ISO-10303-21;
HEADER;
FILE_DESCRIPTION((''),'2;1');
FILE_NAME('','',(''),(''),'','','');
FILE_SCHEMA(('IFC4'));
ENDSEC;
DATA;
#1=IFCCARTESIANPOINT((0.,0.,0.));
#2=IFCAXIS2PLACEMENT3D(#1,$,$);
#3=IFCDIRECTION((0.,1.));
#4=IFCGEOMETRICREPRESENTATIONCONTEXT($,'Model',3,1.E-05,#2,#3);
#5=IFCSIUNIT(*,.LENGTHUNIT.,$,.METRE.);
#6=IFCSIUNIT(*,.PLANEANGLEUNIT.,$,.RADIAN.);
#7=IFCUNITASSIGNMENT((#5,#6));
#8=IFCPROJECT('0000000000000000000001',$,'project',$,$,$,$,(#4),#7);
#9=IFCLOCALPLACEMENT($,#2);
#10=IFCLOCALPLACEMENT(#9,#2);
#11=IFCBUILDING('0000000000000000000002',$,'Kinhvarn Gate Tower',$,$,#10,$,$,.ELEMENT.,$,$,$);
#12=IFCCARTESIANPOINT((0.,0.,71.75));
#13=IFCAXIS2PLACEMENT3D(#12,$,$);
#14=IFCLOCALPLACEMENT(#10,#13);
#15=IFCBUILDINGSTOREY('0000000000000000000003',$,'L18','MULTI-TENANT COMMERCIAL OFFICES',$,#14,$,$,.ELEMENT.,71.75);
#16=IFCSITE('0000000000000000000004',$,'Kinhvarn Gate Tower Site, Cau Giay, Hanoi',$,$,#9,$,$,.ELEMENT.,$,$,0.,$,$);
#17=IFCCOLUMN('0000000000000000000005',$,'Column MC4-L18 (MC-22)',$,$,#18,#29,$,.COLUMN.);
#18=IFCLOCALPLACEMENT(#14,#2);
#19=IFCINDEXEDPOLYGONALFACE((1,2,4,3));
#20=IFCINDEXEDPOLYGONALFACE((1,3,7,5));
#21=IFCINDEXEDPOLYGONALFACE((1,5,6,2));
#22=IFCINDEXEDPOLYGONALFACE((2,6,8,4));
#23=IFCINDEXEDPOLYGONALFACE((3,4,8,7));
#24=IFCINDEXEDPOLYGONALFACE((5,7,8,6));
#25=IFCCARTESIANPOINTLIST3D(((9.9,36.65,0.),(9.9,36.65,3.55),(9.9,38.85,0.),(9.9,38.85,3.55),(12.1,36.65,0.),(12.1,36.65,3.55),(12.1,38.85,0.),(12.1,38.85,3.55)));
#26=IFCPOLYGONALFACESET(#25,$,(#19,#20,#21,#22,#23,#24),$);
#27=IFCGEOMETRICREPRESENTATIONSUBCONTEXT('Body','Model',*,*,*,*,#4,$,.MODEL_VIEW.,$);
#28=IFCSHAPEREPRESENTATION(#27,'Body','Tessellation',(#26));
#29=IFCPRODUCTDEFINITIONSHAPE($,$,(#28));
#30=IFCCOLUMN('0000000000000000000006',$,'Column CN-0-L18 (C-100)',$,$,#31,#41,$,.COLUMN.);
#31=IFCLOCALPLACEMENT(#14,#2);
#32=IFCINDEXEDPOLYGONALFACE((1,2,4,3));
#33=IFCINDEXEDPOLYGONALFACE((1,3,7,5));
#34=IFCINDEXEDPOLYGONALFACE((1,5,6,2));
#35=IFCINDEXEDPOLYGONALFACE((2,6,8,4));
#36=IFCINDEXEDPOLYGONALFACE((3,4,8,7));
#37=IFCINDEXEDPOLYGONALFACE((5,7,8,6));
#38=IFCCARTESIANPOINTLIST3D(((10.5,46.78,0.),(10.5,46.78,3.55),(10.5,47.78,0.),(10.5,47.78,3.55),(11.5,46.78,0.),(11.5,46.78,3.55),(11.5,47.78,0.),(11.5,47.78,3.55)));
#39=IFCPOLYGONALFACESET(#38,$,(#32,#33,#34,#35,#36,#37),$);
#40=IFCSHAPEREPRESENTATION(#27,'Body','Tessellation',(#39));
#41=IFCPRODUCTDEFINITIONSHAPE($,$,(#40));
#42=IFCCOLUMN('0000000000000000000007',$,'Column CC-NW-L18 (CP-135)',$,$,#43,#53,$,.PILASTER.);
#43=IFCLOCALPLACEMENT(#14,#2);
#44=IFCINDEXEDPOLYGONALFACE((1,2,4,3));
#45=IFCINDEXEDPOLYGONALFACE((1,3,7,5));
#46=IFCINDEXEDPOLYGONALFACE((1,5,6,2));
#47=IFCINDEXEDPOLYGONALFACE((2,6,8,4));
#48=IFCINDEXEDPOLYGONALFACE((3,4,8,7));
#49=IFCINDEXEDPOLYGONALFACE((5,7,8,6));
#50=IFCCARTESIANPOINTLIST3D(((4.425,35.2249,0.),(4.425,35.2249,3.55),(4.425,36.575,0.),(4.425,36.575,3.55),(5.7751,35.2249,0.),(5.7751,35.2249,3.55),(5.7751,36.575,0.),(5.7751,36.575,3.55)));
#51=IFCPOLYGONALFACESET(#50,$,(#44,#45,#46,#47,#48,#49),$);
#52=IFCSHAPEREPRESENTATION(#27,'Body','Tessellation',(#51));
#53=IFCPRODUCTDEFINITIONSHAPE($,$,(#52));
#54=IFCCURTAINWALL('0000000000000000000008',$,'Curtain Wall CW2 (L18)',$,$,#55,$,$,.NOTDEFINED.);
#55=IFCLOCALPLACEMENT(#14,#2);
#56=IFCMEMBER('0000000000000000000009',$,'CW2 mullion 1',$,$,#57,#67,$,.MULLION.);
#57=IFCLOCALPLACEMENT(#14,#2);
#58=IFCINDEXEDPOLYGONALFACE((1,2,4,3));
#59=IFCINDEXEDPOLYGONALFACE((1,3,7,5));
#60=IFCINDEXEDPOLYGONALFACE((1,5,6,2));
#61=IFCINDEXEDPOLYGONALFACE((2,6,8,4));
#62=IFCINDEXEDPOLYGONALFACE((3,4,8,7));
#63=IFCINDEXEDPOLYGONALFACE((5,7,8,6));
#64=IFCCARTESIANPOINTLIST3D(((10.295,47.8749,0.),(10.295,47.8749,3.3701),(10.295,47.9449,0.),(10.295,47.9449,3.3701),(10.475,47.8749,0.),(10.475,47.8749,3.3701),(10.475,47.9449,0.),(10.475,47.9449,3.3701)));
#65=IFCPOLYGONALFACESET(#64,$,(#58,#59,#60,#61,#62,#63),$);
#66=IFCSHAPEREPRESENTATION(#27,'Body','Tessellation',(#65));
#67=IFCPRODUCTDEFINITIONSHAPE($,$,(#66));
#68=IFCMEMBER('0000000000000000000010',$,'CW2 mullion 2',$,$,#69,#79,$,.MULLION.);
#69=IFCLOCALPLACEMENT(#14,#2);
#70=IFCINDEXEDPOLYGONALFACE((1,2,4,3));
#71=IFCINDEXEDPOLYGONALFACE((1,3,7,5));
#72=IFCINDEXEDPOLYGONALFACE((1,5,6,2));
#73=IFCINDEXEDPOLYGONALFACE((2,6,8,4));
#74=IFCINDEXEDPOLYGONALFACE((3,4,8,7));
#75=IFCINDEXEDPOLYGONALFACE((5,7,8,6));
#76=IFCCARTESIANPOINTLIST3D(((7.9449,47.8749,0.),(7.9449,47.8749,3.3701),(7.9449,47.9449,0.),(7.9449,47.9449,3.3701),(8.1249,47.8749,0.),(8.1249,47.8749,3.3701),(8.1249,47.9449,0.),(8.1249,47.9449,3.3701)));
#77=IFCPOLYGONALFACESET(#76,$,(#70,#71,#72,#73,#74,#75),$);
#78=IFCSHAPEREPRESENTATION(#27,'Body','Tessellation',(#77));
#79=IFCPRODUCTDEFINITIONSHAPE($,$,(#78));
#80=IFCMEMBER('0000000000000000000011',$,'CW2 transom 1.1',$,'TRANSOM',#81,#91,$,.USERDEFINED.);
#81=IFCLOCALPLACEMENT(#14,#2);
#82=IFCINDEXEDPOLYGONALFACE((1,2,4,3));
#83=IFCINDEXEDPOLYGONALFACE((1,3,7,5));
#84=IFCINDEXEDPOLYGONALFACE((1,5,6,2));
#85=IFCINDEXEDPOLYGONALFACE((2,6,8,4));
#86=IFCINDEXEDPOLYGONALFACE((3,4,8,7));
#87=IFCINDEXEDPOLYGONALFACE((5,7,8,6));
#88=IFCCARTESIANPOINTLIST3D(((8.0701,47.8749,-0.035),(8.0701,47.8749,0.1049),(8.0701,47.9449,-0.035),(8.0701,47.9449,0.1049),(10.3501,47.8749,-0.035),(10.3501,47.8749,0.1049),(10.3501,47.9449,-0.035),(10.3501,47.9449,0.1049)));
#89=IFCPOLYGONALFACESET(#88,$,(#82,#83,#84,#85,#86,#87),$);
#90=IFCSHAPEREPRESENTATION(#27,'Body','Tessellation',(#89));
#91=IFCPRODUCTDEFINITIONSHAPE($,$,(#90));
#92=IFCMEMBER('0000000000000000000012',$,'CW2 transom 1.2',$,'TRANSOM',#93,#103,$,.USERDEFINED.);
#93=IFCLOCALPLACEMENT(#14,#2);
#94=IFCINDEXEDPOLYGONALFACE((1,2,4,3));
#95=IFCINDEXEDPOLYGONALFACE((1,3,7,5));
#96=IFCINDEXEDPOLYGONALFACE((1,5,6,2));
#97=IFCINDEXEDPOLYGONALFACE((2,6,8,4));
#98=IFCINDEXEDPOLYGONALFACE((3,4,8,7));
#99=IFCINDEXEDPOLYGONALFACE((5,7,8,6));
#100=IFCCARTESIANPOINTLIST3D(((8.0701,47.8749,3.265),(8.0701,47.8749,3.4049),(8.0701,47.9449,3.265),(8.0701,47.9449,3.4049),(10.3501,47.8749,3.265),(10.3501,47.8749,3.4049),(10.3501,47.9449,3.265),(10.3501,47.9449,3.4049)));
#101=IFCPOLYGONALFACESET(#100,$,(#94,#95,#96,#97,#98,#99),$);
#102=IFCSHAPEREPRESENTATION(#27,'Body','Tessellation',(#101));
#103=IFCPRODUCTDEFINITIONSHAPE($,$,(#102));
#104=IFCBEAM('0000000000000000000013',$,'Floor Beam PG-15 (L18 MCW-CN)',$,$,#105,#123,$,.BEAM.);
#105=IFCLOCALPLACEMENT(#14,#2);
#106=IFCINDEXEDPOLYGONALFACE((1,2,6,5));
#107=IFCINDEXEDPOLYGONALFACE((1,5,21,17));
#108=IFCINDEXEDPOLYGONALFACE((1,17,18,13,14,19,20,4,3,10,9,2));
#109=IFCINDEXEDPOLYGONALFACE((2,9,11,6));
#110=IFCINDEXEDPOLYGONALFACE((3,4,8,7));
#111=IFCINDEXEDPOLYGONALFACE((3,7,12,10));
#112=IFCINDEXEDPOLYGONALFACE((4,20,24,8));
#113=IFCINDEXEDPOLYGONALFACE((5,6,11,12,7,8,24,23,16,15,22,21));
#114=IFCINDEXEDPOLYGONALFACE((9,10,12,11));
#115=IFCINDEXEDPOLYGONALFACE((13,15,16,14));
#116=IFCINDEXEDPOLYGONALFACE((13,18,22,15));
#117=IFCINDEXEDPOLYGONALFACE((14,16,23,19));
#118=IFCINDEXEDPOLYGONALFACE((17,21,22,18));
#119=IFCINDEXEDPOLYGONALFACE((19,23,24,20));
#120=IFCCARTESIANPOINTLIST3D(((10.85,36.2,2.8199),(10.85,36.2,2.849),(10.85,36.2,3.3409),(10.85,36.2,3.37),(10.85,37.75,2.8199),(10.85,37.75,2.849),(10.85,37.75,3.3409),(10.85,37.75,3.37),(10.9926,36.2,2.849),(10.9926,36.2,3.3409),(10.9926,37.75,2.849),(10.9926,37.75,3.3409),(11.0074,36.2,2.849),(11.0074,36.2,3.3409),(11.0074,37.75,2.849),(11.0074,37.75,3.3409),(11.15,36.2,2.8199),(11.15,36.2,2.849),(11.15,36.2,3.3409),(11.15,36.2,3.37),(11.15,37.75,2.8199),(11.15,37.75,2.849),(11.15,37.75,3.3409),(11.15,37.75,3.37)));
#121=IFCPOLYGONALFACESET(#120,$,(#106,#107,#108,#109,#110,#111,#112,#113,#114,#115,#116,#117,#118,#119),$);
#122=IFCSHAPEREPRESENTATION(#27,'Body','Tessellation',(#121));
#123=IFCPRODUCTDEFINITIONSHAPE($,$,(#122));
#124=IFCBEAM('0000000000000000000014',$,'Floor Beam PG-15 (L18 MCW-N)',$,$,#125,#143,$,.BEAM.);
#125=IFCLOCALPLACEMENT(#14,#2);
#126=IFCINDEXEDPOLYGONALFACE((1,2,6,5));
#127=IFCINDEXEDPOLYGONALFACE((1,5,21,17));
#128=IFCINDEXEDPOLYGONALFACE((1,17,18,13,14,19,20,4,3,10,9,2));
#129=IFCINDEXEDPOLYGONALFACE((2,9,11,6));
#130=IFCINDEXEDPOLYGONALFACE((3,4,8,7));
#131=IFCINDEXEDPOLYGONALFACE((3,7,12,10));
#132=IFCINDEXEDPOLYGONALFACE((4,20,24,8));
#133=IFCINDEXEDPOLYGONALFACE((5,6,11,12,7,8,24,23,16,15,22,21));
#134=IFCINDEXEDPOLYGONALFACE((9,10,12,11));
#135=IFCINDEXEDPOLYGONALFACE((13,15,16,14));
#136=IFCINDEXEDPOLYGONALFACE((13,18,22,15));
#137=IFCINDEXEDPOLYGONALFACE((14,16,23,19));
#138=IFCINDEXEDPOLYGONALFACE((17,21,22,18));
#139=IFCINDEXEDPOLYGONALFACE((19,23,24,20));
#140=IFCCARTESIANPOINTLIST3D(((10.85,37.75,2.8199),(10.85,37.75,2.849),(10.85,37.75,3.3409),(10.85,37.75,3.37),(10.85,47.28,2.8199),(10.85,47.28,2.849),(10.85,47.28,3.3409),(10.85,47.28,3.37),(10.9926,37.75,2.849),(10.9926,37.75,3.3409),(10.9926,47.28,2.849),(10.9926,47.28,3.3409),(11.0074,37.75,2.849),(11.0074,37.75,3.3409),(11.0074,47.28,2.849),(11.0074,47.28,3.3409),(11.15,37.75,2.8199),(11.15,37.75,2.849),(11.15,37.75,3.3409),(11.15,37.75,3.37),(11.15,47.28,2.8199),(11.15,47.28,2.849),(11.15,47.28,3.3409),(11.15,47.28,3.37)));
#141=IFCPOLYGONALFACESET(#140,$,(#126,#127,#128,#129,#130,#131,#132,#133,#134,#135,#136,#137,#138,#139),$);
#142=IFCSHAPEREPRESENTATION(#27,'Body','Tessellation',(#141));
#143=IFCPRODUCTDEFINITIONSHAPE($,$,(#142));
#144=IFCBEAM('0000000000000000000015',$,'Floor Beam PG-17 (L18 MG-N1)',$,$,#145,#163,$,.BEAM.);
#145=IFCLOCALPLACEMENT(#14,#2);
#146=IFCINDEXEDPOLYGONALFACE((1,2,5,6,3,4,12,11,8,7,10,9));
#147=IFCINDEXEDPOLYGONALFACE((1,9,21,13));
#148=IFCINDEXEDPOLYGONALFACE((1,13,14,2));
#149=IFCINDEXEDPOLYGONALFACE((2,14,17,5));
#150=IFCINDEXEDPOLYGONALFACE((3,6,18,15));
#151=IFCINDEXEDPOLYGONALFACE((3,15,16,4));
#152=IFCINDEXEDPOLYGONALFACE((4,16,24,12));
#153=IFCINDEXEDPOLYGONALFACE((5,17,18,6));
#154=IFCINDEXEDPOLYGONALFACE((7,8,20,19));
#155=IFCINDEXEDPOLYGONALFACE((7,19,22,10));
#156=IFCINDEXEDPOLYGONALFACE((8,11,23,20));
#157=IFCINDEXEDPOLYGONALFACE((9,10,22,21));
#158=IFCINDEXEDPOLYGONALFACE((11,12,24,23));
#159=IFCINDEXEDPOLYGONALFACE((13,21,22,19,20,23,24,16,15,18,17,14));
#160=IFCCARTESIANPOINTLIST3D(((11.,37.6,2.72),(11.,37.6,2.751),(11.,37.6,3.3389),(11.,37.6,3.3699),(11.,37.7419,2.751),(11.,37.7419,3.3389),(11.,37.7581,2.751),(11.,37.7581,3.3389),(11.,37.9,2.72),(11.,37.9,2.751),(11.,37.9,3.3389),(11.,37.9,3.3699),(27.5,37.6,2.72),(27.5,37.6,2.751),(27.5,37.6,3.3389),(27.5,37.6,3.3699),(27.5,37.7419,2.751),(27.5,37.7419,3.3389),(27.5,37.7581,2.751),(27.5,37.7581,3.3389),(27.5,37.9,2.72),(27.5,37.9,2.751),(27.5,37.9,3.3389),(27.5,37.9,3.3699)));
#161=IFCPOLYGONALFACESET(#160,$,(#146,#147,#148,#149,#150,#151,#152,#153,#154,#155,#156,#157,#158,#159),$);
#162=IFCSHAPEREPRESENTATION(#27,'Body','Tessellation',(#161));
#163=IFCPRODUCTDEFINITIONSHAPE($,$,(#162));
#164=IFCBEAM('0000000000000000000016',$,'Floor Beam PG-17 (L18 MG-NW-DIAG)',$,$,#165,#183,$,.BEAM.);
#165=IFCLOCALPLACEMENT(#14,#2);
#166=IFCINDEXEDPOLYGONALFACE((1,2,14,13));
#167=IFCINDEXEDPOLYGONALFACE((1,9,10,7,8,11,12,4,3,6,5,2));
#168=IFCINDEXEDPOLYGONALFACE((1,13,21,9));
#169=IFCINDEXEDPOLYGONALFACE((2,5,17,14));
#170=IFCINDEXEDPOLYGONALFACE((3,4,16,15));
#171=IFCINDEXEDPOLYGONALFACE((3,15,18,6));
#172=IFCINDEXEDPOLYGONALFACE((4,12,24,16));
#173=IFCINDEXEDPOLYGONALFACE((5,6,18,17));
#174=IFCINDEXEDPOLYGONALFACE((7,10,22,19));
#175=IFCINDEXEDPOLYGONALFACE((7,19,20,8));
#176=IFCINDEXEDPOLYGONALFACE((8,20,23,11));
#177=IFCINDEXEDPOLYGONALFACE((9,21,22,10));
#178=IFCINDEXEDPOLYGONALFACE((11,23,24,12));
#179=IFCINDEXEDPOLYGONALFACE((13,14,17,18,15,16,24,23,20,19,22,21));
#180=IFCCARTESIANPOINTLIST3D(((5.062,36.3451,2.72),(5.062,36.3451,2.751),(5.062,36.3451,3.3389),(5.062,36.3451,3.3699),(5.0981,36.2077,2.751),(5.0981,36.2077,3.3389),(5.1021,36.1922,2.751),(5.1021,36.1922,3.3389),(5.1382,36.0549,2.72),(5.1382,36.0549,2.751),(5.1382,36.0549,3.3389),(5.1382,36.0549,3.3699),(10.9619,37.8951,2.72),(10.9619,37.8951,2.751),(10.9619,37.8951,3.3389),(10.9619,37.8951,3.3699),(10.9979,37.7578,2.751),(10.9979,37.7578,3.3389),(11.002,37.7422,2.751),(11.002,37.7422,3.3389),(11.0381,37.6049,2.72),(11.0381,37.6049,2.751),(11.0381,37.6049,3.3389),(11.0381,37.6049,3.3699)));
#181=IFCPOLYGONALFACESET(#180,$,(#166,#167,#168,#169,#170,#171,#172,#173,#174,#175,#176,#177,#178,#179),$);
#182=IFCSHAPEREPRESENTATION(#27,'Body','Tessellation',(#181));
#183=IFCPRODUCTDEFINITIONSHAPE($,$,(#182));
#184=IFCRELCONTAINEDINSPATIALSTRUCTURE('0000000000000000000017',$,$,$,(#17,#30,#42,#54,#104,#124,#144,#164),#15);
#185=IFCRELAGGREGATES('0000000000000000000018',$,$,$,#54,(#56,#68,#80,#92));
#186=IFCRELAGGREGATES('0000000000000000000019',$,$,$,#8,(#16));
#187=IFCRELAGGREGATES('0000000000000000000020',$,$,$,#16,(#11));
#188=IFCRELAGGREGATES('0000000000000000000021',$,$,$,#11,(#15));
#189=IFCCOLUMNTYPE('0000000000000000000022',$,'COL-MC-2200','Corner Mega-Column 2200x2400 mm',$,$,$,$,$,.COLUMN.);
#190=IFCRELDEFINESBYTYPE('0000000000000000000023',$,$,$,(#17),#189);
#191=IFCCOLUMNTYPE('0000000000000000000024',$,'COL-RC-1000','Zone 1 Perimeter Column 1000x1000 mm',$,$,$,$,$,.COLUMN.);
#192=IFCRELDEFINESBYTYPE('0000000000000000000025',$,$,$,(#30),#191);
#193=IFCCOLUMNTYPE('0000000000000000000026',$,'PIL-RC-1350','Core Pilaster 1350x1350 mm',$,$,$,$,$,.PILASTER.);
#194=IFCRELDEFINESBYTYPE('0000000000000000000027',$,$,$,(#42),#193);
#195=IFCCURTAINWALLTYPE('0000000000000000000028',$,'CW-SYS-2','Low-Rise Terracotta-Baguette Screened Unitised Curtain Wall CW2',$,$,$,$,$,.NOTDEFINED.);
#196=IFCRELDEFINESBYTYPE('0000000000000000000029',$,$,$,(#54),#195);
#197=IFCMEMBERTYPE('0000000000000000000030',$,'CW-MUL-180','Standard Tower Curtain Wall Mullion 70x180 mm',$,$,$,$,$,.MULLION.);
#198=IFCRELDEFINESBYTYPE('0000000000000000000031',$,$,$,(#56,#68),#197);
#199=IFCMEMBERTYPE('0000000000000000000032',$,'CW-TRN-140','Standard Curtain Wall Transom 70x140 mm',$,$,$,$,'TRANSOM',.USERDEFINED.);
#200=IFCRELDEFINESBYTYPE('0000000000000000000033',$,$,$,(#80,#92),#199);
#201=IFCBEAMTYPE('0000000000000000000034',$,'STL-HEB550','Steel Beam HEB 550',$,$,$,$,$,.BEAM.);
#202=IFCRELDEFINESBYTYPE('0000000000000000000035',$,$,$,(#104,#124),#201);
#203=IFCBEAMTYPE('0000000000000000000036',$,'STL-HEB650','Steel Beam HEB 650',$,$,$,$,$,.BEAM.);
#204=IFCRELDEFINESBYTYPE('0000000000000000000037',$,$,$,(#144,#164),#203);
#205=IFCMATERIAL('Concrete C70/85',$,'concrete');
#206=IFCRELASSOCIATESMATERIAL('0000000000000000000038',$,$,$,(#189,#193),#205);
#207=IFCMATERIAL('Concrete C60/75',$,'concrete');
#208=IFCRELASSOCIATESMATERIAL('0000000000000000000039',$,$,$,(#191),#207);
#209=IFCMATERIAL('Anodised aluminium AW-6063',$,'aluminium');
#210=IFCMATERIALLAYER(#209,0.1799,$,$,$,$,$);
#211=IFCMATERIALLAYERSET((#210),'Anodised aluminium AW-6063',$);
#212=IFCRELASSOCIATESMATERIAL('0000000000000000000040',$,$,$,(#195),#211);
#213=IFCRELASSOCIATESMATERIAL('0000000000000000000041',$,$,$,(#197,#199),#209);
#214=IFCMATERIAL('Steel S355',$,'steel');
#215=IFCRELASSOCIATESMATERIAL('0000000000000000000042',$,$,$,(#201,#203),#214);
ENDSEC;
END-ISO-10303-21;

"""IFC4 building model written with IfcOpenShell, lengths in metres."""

from ifc_helpers import new_model, si_unit, direction, frame, origin, origin_2d, place, context, subcontext, project, spatial, rectangle, i_section, extrude, material, layer, layer_set, material_profile, profile_set, type_object, element, aggregate, save


model = new_model("IFC4")

# Units and contexts
model_context = context("Model", 3, precision=1e-05, world=origin(), true_north=direction((0.0, 1.0)))
body_context = subcontext(model_context, "Body", "Model", "MODEL_VIEW")
ifc_project = project(units=[si_unit("LENGTHUNIT", "METRE"), si_unit("PLANEANGLEUNIT", "RADIAN")], contexts=[model_context])

# Site, building, storey
site_placement = place(None, origin())
site = spatial("IfcSite", under=ifc_project, at=site_placement, Name="Kinhvarn Gate Tower Site, Cau Giay, Hanoi", CompositionType="ELEMENT", RefElevation=0.0)
building_placement = place(site_placement, origin())
building = spatial("IfcBuilding", under=site, at=building_placement, Name="Kinhvarn Gate Tower", CompositionType="ELEMENT")
storey_placement = place(building_placement, frame((0.0, 0.0, 71.75)))
storey = spatial("IfcBuildingStorey", under=building, at=storey_placement, Name="L18", Description="MULTI-TENANT COMMERCIAL OFFICES", CompositionType="ELEMENT", Elevation=71.75)

# Columns
ifc_material_1 = material(Name="Concrete C70/85", Category="concrete")
ifc_material_profile_1 = material_profile(ifc_material_1, rectangle(XDim=2.2, YDim=2.2, at=origin_2d()), Name="RC 2200x2200")
ifc_profile_set_1 = profile_set([ifc_material_profile_1], Name="Concrete C70/85")
column_type_1 = type_object("IfcColumnType", Name="COL-MC-2200", Description="Corner Mega-Column 2200x2400 mm", PredefinedType="COLUMN", material=ifc_profile_set_1)
column_1_placement = place(storey_placement, frame((11.0, 37.75, 0.0), z_axis=(0.0, 0.0, 1.0), x_axis=(1.0, 0.0, 0.0)))
element("IfcColumn", 1, at=column_1_placement, inside=storey, type_object=column_type_1, Name="Column MC4-L18 (MC-22)", PredefinedType="COLUMN", context=body_context, shape_type="SweptSolid", body=[
    extrude(rectangle(XDim=2.2, YDim=2.2, at=origin_2d()), origin(), (0.0, 0.0, 1.0), 3.55),
])
ifc_material_2 = material(Name="Concrete C60/75", Category="concrete")
ifc_material_profile_2 = material_profile(ifc_material_2, rectangle(XDim=1.0, YDim=1.0, at=origin_2d()), Name="RC 1000x1000")
ifc_profile_set_2 = profile_set([ifc_material_profile_2], Name="Concrete C60/75")
column_type_2 = type_object("IfcColumnType", Name="COL-RC-1000", Description="Zone 1 Perimeter Column 1000x1000 mm", PredefinedType="COLUMN", material=ifc_profile_set_2)
column_2_placement = place(storey_placement, frame((11.0, 47.28, 0.0), z_axis=(0.0, 0.0, 1.0), x_axis=(1.0, 0.0, 0.0)))
element("IfcColumn", 2, at=column_2_placement, inside=storey, type_object=column_type_2, Name="Column CN-0-L18 (C-100)", PredefinedType="COLUMN", context=body_context, shape_type="SweptSolid", body=[
    extrude(rectangle(XDim=1.0, YDim=1.0, at=origin_2d()), origin(), (0.0, 0.0, 1.0), 3.55),
])
ifc_material_profile_3 = material_profile(ifc_material_1, rectangle(XDim=1.3501, YDim=1.3501, at=origin_2d()), Name="RC 1350x1350")
ifc_profile_set_3 = profile_set([ifc_material_profile_3], Name="Concrete C70/85")
column_type_3 = type_object("IfcColumnType", Name="PIL-RC-1350", Description="Core Pilaster 1350x1350 mm", PredefinedType="PILASTER", material=ifc_profile_set_3)
column_3_placement = place(storey_placement, frame((5.1001, 35.8999, 0.0), z_axis=(0.0, 0.0, 1.0), x_axis=(1.0, 0.0, 0.0)))
element("IfcColumn", 3, at=column_3_placement, inside=storey, type_object=column_type_3, Name="Column CC-NW-L18 (CP-135)", PredefinedType="PILASTER", context=body_context, shape_type="SweptSolid", body=[
    extrude(rectangle(XDim=1.3501, YDim=1.3501, at=origin_2d()), origin(), (0.0, 0.0, 1.0), 3.55),
])

# Curtain wall, members
ifc_material_3 = material(Name="Anodised aluminium AW-6063", Category="aluminium")
ifc_layer_1 = layer(ifc_material_3, 0.1799)
ifc_layer_set_1 = layer_set([ifc_layer_1], Name="Anodised aluminium AW-6063")
curtain_wall_type = type_object("IfcCurtainWallType", Name="CW-SYS-2", Description="Low-Rise Terracotta-Baguette Screened Unitised Curtain Wall CW2", PredefinedType="NOTDEFINED", material=ifc_layer_set_1)
curtain_wall_placement = place(storey_placement, origin())
curtain_wall = element("IfcCurtainWall", 4, at=curtain_wall_placement, inside=storey, type_object=curtain_wall_type, Name="Curtain Wall CW2 (L18)", PredefinedType="NOTDEFINED")
ifc_material_profile_4 = material_profile(ifc_material_3, rectangle(XDim=0.0701, YDim=0.1799, at=origin_2d()), Name="ALU 70x180")
ifc_profile_set_4 = profile_set([ifc_material_profile_4], Name="Anodised aluminium AW-6063")
member_type_1 = type_object("IfcMemberType", Name="CW-MUL-180", Description="Standard Tower Curtain Wall Mullion 70x180 mm", PredefinedType="MULLION", material=ifc_profile_set_4)
member_1_placement = place(storey_placement, frame((10.385, 47.9099, 0.0), z_axis=(0.0, 0.0, 1.0), x_axis=(0.0, -1.0, 0.0)))
member_1 = element("IfcMember", 5, at=member_1_placement, type_object=member_type_1, Name="CW2 mullion 1", PredefinedType="MULLION", context=body_context, shape_type="SweptSolid", body=[
    extrude(rectangle(XDim=0.0701, YDim=0.1799, at=origin_2d()), origin(), (0.0, 0.0, 1.0), 3.3701),
])
member_2_placement = place(storey_placement, frame((8.0349, 47.9099, 0.0), z_axis=(0.0, 0.0, 1.0), x_axis=(0.0, -1.0, 0.0)))
member_2 = element("IfcMember", 6, at=member_2_placement, type_object=member_type_1, Name="CW2 mullion 2", PredefinedType="MULLION", context=body_context, shape_type="SweptSolid", body=[
    extrude(rectangle(XDim=0.0701, YDim=0.1799, at=origin_2d()), origin(), (0.0, 0.0, 1.0), 3.3701),
])
ifc_material_profile_5 = material_profile(ifc_material_3, rectangle(XDim=0.0701, YDim=0.1399, at=origin_2d()), Name="ALU 70x140")
ifc_profile_set_5 = profile_set([ifc_material_profile_5], Name="Anodised aluminium AW-6063")
member_type_2 = type_object("IfcMemberType", Name="CW-TRN-140", Description="Standard Curtain Wall Transom 70x140 mm", ElementType="TRANSOM", PredefinedType="USERDEFINED", material=ifc_profile_set_5)
member_3_placement = place(storey_placement, frame((10.3501, 47.9099, 0.0349), z_axis=(-1.0, 0.0, 0.0), x_axis=(0.0, -1.0, 0.0)))
member_3 = element("IfcMember", 7, at=member_3_placement, type_object=member_type_2, Name="CW2 transom 1.1", ObjectType="TRANSOM", PredefinedType="USERDEFINED", context=body_context, shape_type="SweptSolid", body=[
    extrude(rectangle(XDim=0.0701, YDim=0.1399, at=origin_2d()), origin(), (0.0, 0.0, 1.0), 2.28),
])
member_4_placement = place(storey_placement, frame((10.3501, 47.9099, 3.335), z_axis=(-1.0, 0.0, 0.0), x_axis=(0.0, -1.0, 0.0)))
member_4 = element("IfcMember", 8, at=member_4_placement, type_object=member_type_2, Name="CW2 transom 1.2", ObjectType="TRANSOM", PredefinedType="USERDEFINED", context=body_context, shape_type="SweptSolid", body=[
    extrude(rectangle(XDim=0.0701, YDim=0.1399, at=origin_2d()), origin(), (0.0, 0.0, 1.0), 2.28),
])

# Beams
ifc_material_4 = material(Name="Steel S355", Category="steel")
ifc_material_profile_6 = material_profile(ifc_material_4, i_section(OverallWidth=0.3, OverallDepth=0.55, WebThickness=0.0149, FlangeThickness=0.0291, at=origin_2d()), Name="HEB 550")
ifc_profile_set_6 = profile_set([ifc_material_profile_6], Name="Steel S355")
beam_type_1 = type_object("IfcBeamType", Name="STL-HEB550", Description="Steel Beam HEB 550", PredefinedType="BEAM", material=ifc_profile_set_6)
beam_1_placement = place(storey_placement, frame((11.0, 36.2, 3.095), z_axis=(0.0, 1.0, 0.0), x_axis=(-1.0, 0.0, 0.0)))
element("IfcBeam", 9, at=beam_1_placement, inside=storey, type_object=beam_type_1, Name="Floor Beam PG-15 (L18 MCW-CN)", PredefinedType="BEAM", context=body_context, shape_type="SweptSolid", body=[
    extrude(i_section(OverallWidth=0.3, OverallDepth=0.55, WebThickness=0.0149, FlangeThickness=0.0291, at=origin_2d()), origin(), (0.0, 0.0, 1.0), 1.55),
])
beam_2_placement = place(storey_placement, frame((11.0, 37.75, 3.095), z_axis=(0.0, 1.0, 0.0), x_axis=(-1.0, 0.0, 0.0)))
element("IfcBeam", 10, at=beam_2_placement, inside=storey, type_object=beam_type_1, Name="Floor Beam PG-15 (L18 MCW-N)", PredefinedType="BEAM", context=body_context, shape_type="SweptSolid", body=[
    extrude(i_section(OverallWidth=0.3, OverallDepth=0.55, WebThickness=0.0149, FlangeThickness=0.0291, at=origin_2d()), origin(), (0.0, 0.0, 1.0), 9.53),
])
ifc_material_profile_7 = material_profile(ifc_material_4, i_section(OverallWidth=0.3, OverallDepth=0.6499, WebThickness=0.0161, FlangeThickness=0.031, at=origin_2d()), Name="HEB 650")
ifc_profile_set_7 = profile_set([ifc_material_profile_7], Name="Steel S355")
beam_type_2 = type_object("IfcBeamType", Name="STL-HEB650", Description="Steel Beam HEB 650", PredefinedType="BEAM", material=ifc_profile_set_7)
beam_3_placement = place(storey_placement, frame((11.0, 37.75, 3.0449), z_axis=(1.0, 0.0, 0.0), x_axis=(0.0, 1.0, 0.0)))
element("IfcBeam", 11, at=beam_3_placement, inside=storey, type_object=beam_type_2, Name="Floor Beam PG-17 (L18 MG-N1)", PredefinedType="BEAM", context=body_context, shape_type="SweptSolid", body=[
    extrude(i_section(OverallWidth=0.3, OverallDepth=0.6499, WebThickness=0.0161, FlangeThickness=0.031, at=origin_2d()), origin(), (0.0, 0.0, 1.0), 16.5),
])
beam_4_placement = place(storey_placement, frame((5.1001, 36.2, 3.0449), z_axis=(0.967178, 0.254101, 0.0), x_axis=(-0.254101, 0.967178, 0.0)))
element("IfcBeam", 12, at=beam_4_placement, inside=storey, type_object=beam_type_2, Name="Floor Beam PG-17 (L18 MG-NW-DIAG)", PredefinedType="BEAM", context=body_context, shape_type="SweptSolid", body=[
    extrude(i_section(OverallWidth=0.3, OverallDepth=0.6499, WebThickness=0.0161, FlangeThickness=0.031, at=origin_2d()), origin(), (0.0, 0.0, 1.0), 6.1001),
])

aggregate(curtain_wall, [member_1, member_2, member_3, member_4])

save(model, "model.ifc")
